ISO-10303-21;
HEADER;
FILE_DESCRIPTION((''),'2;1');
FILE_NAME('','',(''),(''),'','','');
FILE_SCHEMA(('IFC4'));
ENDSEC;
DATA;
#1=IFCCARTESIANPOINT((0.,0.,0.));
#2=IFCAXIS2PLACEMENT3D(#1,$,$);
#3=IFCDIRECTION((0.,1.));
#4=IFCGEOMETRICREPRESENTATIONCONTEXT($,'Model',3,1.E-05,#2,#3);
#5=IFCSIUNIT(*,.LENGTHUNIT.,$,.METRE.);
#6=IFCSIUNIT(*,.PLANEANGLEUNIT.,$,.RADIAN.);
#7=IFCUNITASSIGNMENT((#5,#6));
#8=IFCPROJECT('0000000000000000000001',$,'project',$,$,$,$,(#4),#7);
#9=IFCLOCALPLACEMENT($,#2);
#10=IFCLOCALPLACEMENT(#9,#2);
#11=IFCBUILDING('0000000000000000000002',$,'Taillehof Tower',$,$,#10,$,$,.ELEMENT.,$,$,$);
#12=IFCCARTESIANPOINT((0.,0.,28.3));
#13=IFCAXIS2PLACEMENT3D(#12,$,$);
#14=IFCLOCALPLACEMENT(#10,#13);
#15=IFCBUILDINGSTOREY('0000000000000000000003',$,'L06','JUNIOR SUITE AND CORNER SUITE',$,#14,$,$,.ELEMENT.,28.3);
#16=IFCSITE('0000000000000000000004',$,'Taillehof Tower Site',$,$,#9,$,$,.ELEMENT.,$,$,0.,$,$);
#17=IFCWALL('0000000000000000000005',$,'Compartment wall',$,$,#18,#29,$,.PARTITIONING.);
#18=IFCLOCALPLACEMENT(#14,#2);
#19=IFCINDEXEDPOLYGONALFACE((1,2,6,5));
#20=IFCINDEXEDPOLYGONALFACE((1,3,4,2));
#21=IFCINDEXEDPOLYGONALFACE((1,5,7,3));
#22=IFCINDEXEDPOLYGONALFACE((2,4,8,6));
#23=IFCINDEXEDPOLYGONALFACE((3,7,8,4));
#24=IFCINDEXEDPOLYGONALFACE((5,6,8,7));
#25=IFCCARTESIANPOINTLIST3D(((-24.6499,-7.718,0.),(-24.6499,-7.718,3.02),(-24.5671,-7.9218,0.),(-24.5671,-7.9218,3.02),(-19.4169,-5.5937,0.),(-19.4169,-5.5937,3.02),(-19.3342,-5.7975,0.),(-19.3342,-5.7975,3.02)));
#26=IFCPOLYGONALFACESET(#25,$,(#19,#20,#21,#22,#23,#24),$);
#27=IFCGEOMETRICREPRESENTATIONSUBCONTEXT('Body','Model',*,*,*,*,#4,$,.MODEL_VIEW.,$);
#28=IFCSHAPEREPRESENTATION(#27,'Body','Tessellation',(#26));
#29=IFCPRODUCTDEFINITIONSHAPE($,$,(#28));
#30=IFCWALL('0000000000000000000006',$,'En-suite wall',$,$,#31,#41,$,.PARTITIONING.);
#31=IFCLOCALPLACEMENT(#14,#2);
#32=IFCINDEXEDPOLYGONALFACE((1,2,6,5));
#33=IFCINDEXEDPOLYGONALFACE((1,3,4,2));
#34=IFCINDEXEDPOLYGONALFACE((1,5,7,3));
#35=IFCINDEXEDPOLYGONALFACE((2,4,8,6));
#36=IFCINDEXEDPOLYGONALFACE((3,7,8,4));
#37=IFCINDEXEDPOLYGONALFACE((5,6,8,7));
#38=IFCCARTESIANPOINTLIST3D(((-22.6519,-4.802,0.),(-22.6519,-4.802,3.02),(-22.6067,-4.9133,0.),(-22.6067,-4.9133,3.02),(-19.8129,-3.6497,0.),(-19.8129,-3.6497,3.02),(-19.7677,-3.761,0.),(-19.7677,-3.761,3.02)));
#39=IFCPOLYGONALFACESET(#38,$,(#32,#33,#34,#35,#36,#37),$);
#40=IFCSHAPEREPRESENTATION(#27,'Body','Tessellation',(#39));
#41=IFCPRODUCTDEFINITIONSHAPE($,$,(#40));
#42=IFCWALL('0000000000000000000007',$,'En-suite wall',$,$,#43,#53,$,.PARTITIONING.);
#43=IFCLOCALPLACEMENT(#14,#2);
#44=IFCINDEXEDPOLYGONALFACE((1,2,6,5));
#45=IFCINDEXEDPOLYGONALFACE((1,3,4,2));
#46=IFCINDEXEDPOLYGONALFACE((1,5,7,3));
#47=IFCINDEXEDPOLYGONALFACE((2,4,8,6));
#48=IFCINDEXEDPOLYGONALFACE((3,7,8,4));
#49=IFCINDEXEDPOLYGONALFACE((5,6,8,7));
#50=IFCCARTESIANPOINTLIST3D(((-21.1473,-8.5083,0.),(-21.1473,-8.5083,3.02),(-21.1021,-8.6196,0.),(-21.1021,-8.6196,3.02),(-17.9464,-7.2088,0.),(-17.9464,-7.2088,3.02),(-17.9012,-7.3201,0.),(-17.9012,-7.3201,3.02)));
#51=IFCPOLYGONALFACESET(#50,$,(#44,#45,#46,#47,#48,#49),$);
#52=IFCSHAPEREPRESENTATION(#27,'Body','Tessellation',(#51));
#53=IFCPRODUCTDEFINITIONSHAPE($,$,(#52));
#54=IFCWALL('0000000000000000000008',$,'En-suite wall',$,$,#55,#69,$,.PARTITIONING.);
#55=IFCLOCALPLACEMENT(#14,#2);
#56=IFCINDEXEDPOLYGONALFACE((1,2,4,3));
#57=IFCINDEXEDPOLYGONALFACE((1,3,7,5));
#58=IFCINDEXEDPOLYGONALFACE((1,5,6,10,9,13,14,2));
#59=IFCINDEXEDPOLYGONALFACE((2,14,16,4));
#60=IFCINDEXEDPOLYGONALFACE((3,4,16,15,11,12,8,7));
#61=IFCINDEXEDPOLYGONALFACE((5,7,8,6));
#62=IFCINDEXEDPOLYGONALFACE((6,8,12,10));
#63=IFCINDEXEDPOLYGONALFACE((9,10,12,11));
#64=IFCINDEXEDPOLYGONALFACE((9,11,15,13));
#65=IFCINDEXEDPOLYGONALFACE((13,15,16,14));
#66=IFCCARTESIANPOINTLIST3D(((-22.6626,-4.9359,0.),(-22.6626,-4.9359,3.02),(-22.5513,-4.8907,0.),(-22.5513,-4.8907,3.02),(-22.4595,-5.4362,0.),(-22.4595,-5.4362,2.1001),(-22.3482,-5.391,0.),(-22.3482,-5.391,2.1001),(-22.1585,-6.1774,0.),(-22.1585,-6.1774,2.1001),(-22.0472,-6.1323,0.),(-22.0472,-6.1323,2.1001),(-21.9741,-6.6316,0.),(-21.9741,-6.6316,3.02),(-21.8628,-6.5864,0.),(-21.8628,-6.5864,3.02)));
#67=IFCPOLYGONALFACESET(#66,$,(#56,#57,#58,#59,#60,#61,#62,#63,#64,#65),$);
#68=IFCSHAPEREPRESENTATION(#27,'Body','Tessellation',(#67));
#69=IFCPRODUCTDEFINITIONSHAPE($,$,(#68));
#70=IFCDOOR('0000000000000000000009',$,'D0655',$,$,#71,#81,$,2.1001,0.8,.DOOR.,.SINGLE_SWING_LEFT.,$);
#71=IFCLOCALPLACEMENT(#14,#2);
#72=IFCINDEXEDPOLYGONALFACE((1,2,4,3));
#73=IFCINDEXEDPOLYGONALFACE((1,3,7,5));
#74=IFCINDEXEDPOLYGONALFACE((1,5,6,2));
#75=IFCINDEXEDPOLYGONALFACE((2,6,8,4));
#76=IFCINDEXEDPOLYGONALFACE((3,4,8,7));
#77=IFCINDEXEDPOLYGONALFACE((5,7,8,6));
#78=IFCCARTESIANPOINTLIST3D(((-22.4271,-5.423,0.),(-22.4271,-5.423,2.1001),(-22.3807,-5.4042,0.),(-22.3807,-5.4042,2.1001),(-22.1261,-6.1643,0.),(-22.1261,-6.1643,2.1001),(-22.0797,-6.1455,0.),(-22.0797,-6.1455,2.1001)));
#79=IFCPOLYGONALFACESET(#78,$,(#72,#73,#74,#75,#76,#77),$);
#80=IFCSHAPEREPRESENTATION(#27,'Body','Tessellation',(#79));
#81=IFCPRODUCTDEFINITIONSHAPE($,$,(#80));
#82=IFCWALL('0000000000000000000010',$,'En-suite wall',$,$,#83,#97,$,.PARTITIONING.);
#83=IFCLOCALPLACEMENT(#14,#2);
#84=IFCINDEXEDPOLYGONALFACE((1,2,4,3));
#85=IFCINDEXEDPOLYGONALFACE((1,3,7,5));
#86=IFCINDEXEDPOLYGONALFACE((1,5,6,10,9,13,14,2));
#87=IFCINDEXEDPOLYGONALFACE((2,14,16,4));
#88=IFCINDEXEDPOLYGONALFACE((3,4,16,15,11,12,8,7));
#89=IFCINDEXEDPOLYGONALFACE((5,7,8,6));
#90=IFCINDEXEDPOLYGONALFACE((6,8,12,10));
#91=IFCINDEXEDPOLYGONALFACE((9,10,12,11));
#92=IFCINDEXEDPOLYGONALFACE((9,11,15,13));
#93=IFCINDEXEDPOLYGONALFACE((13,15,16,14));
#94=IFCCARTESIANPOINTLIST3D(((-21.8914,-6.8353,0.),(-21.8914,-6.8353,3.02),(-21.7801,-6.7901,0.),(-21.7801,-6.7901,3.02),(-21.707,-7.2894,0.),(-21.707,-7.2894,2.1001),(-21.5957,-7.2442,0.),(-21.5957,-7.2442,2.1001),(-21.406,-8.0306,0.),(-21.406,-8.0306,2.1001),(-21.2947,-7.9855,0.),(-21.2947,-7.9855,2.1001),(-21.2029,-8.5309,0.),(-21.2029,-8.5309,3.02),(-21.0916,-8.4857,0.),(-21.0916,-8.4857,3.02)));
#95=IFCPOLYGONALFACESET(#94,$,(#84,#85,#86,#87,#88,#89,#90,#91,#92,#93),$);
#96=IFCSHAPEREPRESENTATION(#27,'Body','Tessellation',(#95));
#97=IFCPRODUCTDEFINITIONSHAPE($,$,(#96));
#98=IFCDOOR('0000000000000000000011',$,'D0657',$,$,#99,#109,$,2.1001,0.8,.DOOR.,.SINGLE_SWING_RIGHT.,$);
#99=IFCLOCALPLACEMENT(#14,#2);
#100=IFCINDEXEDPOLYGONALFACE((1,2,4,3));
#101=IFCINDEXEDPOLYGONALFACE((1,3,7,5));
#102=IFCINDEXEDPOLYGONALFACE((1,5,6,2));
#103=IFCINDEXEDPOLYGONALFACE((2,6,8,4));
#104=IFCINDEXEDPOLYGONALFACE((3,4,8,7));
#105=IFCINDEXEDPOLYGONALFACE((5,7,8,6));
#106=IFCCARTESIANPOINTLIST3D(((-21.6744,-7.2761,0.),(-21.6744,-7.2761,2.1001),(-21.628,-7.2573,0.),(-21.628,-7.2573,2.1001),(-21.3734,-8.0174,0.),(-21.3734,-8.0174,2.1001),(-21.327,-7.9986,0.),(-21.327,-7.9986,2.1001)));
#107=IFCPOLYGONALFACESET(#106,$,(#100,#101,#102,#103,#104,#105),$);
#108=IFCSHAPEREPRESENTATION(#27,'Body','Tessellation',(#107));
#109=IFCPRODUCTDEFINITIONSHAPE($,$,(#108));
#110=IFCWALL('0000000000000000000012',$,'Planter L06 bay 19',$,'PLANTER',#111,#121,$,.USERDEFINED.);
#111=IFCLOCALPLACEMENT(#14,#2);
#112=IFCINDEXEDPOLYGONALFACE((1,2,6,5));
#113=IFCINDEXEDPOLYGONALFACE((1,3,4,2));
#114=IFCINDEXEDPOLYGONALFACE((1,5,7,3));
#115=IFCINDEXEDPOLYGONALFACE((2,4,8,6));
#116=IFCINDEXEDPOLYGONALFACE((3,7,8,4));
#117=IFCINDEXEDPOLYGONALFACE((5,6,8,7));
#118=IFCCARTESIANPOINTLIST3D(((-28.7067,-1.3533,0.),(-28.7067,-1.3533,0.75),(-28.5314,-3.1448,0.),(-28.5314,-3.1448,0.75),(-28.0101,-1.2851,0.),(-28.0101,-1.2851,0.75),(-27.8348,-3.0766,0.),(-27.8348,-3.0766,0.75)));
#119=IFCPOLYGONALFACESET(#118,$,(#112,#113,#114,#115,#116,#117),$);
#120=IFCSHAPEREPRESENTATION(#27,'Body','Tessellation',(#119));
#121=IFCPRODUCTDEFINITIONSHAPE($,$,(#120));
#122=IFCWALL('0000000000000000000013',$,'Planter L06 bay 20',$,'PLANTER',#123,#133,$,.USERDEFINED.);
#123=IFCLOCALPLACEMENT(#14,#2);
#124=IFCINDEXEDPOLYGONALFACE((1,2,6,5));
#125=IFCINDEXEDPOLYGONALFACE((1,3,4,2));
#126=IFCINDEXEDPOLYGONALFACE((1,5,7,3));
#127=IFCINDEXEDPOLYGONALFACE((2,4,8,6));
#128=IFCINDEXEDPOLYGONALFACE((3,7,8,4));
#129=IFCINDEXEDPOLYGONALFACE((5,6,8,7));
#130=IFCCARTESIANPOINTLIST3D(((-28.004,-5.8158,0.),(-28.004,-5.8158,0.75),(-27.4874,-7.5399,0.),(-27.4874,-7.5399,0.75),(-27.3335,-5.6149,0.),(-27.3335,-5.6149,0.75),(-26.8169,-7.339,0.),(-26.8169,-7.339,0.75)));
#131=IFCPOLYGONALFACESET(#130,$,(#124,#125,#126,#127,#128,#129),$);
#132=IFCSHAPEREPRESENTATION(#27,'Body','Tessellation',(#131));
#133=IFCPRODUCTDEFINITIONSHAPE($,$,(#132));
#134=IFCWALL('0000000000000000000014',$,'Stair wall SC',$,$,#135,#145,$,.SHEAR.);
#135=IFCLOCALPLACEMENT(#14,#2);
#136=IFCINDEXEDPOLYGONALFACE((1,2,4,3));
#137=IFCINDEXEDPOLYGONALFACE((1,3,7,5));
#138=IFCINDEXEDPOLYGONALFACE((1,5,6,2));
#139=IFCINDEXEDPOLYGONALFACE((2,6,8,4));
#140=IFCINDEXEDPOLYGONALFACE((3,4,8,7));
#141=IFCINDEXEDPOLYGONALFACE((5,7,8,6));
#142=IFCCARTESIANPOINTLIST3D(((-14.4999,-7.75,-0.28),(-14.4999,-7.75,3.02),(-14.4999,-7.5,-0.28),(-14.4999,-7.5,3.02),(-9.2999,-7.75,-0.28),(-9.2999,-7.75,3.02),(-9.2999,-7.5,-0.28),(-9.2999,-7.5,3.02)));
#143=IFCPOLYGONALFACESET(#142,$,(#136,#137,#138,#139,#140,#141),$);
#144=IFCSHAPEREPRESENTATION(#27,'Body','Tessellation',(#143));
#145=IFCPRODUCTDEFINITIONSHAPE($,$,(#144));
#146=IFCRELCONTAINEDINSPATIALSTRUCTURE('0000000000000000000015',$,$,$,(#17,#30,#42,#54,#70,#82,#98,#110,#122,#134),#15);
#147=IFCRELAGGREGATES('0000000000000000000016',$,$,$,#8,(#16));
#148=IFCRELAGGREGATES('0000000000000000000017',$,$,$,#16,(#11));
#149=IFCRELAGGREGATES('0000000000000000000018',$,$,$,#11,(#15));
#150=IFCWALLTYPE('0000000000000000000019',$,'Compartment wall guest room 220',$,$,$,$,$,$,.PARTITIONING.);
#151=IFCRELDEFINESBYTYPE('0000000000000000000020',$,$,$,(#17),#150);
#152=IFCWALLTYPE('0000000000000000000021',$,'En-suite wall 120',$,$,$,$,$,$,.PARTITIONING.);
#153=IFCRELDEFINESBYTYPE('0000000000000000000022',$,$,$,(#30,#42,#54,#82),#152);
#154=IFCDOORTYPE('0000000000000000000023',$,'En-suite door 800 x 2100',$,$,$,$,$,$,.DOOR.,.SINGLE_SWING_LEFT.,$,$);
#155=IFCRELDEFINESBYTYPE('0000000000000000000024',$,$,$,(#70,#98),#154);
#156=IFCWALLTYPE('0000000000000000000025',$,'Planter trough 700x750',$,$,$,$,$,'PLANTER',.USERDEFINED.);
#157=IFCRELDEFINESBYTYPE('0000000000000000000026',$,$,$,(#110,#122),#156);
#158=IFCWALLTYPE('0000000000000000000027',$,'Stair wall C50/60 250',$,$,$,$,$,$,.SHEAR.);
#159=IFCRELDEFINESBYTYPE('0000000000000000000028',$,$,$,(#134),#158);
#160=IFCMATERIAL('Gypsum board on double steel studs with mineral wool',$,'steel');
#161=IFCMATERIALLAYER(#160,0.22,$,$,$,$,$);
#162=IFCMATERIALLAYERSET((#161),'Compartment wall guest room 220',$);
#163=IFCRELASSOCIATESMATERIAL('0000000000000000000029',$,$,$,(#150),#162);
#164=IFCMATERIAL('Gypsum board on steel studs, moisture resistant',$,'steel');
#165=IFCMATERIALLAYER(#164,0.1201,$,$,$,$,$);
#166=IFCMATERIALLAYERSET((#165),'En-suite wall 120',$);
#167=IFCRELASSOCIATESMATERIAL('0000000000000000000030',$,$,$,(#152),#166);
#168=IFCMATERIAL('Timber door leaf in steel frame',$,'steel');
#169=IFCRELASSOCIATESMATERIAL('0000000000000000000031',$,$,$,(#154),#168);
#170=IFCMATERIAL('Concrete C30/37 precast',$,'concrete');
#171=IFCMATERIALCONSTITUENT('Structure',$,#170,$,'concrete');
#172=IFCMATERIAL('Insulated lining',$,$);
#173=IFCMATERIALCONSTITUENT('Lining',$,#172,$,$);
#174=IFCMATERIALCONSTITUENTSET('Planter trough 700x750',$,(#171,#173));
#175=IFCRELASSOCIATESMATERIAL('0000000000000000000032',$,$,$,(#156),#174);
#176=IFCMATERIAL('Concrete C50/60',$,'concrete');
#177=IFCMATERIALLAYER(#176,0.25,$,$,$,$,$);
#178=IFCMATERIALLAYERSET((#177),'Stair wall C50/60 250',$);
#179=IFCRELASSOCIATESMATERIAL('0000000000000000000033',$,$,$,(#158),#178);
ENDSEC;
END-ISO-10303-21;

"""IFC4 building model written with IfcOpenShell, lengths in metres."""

from ifc_helpers import new_model, si_unit, direction, frame, frame_2d, origin, place, context, subcontext, project, spatial, rectangle, extrude, material, layer, layer_set, constituent, constituent_set, type_object, element, fill, save


model = new_model("IFC4")

# Units and contexts
model_context = context("Model", 3, precision=1e-05, world=origin(), true_north=direction((0.0, 1.0)))
body_context = subcontext(model_context, "Body", "Model", "MODEL_VIEW")
ifc_project = project(units=[si_unit("LENGTHUNIT", "METRE"), si_unit("PLANEANGLEUNIT", "RADIAN")], contexts=[model_context])

# Site, building, storey
site_placement = place(None, origin())
site = spatial("IfcSite", under=ifc_project, at=site_placement, Name="Taillehof Tower Site", CompositionType="ELEMENT", RefElevation=0.0)
building_placement = place(site_placement, origin())
building = spatial("IfcBuilding", under=site, at=building_placement, Name="Taillehof Tower", CompositionType="ELEMENT")
storey_placement = place(building_placement, frame((0.0, 0.0, 28.3)))
storey = spatial("IfcBuildingStorey", under=building, at=storey_placement, Name="L06", Description="JUNIOR SUITE AND CORNER SUITE", CompositionType="ELEMENT", Elevation=28.3)

# Walls
ifc_material_1 = material(Name="Gypsum board on double steel studs with mineral wool", Category="steel")
ifc_layer_1 = layer(ifc_material_1, 0.22)
ifc_layer_set_1 = layer_set([ifc_layer_1], Name="Compartment wall guest room 220")
wall_type_1 = type_object("IfcWallType", Name="Compartment wall guest room 220", PredefinedType="PARTITIONING", material=ifc_layer_set_1)
wall_1_placement = place(storey_placement, frame((-24.6084, -7.8198, 0.0), z_axis=(0.0, 0.0, 1.0), x_axis=(0.926565, 0.376134, 0.0)))
element("IfcWall", 1, at=wall_1_placement, inside=storey, type_object=wall_type_1, Name="Compartment wall", PredefinedType="PARTITIONING", context=body_context, shape_type="SweptSolid", body=[
    extrude(rectangle(XDim=5.6477, YDim=0.22, at=frame_2d((2.8237, 0.0))), origin(), (0.0, 0.0, 1.0), 3.02),
])
ifc_material_2 = material(Name="Gypsum board on steel studs, moisture resistant", Category="steel")
ifc_layer_2 = layer(ifc_material_2, 0.1201)
ifc_layer_set_2 = layer_set([ifc_layer_2], Name="En-suite wall 120")
wall_type_2 = type_object("IfcWallType", Name="En-suite wall 120", PredefinedType="PARTITIONING", material=ifc_layer_set_2)
wall_2_placement = place(storey_placement, frame((-19.7903, -3.7053, 0.0), z_axis=(0.0, 0.0, 1.0), x_axis=(-0.926585, -0.376084, 0.0)))
element("IfcWall", 2, at=wall_2_placement, inside=storey, type_object=wall_type_2, Name="En-suite wall", PredefinedType="PARTITIONING", context=body_context, shape_type="SweptSolid", body=[
    extrude(rectangle(XDim=3.064, YDim=0.1201, at=frame_2d((1.532, 0.0))), origin(), (0.0, 0.0, 1.0), 3.02),
])
wall_3_placement = place(storey_placement, frame((-17.9238, -7.2644, 0.0), z_axis=(0.0, 0.0, 1.0), x_axis=(-0.926549, -0.376174, 0.0)))
element("IfcWall", 3, at=wall_3_placement, inside=storey, type_object=wall_type_2, Name="En-suite wall", PredefinedType="PARTITIONING", context=body_context, shape_type="SweptSolid", body=[
    extrude(rectangle(XDim=3.4546, YDim=0.1201, at=frame_2d((1.7273, 0.0))), origin(), (0.0, 0.0, 1.0), 3.02),
])

# Walls, openings, doors
wall_4_placement = place(storey_placement, frame((-22.6069, -4.9133, 0.0), z_axis=(0.0, 0.0, 1.0), x_axis=(0.376216, -0.926532, 0.0)))
wall_4 = element("IfcWall", 4, at=wall_4_placement, inside=storey, type_object=wall_type_2, Name="En-suite wall", PredefinedType="PARTITIONING", context=body_context, shape_type="SweptSolid", body=[
    extrude(rectangle(XDim=1.8301, YDim=0.1201, at=frame_2d((0.915, 0.0))), origin(), (0.0, 0.0, 1.0), 3.02),
])
opening_1_placement = place(wall_4_placement, frame((0.54, 0.0, 0.0)))
opening_1 = element("IfcOpeningElement", 5, at=opening_1_placement, cuts=wall_4, PredefinedType="OPENING", context=body_context, shape_type="SweptSolid", body=[
    extrude(rectangle(XDim=0.8, YDim=2.1001, at=frame_2d((0.3999, 1.05))), frame((0.0, 0.0701, 0.0), z_axis=(0.0, -1.0, 0.0), x_axis=(1.0, 0.0, 0.0)), (0.0, 0.0, 1.0), 0.1401),
])
ifc_material_3 = material(Name="Timber door leaf in steel frame", Category="steel")
door_type_1 = type_object("IfcDoorType", Name="En-suite door 800 x 2100", OperationType="SINGLE_SWING_LEFT", PredefinedType="DOOR", material=ifc_material_3)
door_1_placement = place(opening_1_placement, origin())
door_1 = element("IfcDoor", 6, at=door_1_placement, inside=storey, type_object=door_type_1, Name="D0655", OperationType="SINGLE_SWING_LEFT", OverallHeight=2.1001, OverallWidth=0.8, PredefinedType="DOOR", context=body_context, shape_type="SweptSolid", body=[
    extrude(rectangle(XDim=0.8, YDim=2.1001, at=frame_2d((0.3999, 1.05))), frame((0.0, 0.0249, 0.0), z_axis=(0.0, -1.0, 0.0), x_axis=(1.0, 0.0, 0.0)), (0.0, 0.0, 1.0), 0.05),
])
fill(opening_1, door_1)
wall_5_placement = place(storey_placement, frame((-21.1472, -8.5083, 0.0), z_axis=(0.0, 0.0, 1.0), x_axis=(-0.376216, 0.926532, 0.0)))
wall_5 = element("IfcWall", 7, at=wall_5_placement, inside=storey, type_object=wall_type_2, Name="En-suite wall", PredefinedType="PARTITIONING", context=body_context, shape_type="SweptSolid", body=[
    extrude(rectangle(XDim=1.8301, YDim=0.1201, at=frame_2d((0.915, 0.0))), origin(), (0.0, 0.0, 1.0), 3.02),
])
opening_2_placement = place(wall_5_placement, frame((0.54, 0.0, 0.0)))
opening_2 = element("IfcOpeningElement", 8, at=opening_2_placement, cuts=wall_5, PredefinedType="OPENING", context=body_context, shape_type="SweptSolid", body=[
    extrude(rectangle(XDim=0.8, YDim=2.1001, at=frame_2d((0.3999, 1.05))), frame((0.0, 0.0701, 0.0), z_axis=(0.0, -1.0, 0.0), x_axis=(1.0, 0.0, 0.0)), (0.0, 0.0, 1.0), 0.1401),
])
door_2_placement = place(opening_2_placement, origin())
door_2 = element("IfcDoor", 9, at=door_2_placement, inside=storey, type_object=door_type_1, Name="D0657", OperationType="SINGLE_SWING_RIGHT", OverallHeight=2.1001, OverallWidth=0.8, PredefinedType="DOOR", context=body_context, shape_type="SweptSolid", body=[
    extrude(rectangle(XDim=0.8, YDim=2.1001, at=frame_2d((0.3999, 1.05))), frame((0.0, 0.0249, 0.0), z_axis=(0.0, -1.0, 0.0), x_axis=(1.0, 0.0, 0.0)), (0.0, 0.0, 1.0), 0.05),
])
fill(opening_2, door_2)

# Walls
ifc_material_4 = material(Name="Concrete C30/37 precast", Category="concrete")
ifc_constituent_1 = constituent(ifc_material_4, Name="Structure", Category="concrete")
ifc_material_5 = material(Name="Insulated lining")
ifc_constituent_2 = constituent(ifc_material_5, Name="Lining")
ifc_constituent_set = constituent_set(constituents=[ifc_constituent_1, ifc_constituent_2], Name="Planter trough 700x750")
wall_type_3 = type_object("IfcWallType", Name="Planter trough 700x750", ElementType="PLANTER", PredefinedType="USERDEFINED", material=ifc_constituent_set)
wall_6_placement = place(storey_placement, frame((-28.3584, -1.3193, 0.0), z_axis=(0.0, 0.0, 1.0), x_axis=(0.097382, -0.995247, 0.0)))
element("IfcWall", 10, at=wall_6_placement, inside=storey, type_object=wall_type_3, Name="Planter L06 bay 19", ObjectType="PLANTER", PredefinedType="USERDEFINED", context=body_context, shape_type="SweptSolid", body=[
    extrude(rectangle(XDim=1.8, YDim=0.7, at=frame_2d((0.8999, 0.0))), origin(), (0.0, 0.0, 1.0), 0.75),
])
wall_7_placement = place(storey_placement, frame((-27.6687, -5.7153, 0.0), z_axis=(0.0, 0.0, 1.0), x_axis=(0.287024, -0.957923, 0.0)))
element("IfcWall", 11, at=wall_7_placement, inside=storey, type_object=wall_type_3, Name="Planter L06 bay 20", ObjectType="PLANTER", PredefinedType="USERDEFINED", context=body_context, shape_type="SweptSolid", body=[
    extrude(rectangle(XDim=1.7998, YDim=0.7, at=frame_2d((0.8999, 0.0))), origin(), (0.0, 0.0, 1.0), 0.75),
])
ifc_material_6 = material(Name="Concrete C50/60", Category="concrete")
ifc_layer_3 = layer(ifc_material_6, 0.25)
ifc_layer_set_3 = layer_set([ifc_layer_3], Name="Stair wall C50/60 250")
wall_type_4 = type_object("IfcWallType", Name="Stair wall C50/60 250", PredefinedType="SHEAR", material=ifc_layer_set_3)
wall_8_placement = place(storey_placement, frame((-14.5, -7.625, -0.28), z_axis=(0.0, 0.0, 1.0), x_axis=(1.0, 0.0, 0.0)))
element("IfcWall", 12, at=wall_8_placement, inside=storey, type_object=wall_type_4, Name="Stair wall SC", PredefinedType="SHEAR", context=body_context, shape_type="SweptSolid", body=[
    extrude(rectangle(XDim=5.2, YDim=0.25, at=frame_2d((2.6001, 0.0))), origin(), (0.0, 0.0, 1.0), 3.3),
])

save(model, "model.ifc")
